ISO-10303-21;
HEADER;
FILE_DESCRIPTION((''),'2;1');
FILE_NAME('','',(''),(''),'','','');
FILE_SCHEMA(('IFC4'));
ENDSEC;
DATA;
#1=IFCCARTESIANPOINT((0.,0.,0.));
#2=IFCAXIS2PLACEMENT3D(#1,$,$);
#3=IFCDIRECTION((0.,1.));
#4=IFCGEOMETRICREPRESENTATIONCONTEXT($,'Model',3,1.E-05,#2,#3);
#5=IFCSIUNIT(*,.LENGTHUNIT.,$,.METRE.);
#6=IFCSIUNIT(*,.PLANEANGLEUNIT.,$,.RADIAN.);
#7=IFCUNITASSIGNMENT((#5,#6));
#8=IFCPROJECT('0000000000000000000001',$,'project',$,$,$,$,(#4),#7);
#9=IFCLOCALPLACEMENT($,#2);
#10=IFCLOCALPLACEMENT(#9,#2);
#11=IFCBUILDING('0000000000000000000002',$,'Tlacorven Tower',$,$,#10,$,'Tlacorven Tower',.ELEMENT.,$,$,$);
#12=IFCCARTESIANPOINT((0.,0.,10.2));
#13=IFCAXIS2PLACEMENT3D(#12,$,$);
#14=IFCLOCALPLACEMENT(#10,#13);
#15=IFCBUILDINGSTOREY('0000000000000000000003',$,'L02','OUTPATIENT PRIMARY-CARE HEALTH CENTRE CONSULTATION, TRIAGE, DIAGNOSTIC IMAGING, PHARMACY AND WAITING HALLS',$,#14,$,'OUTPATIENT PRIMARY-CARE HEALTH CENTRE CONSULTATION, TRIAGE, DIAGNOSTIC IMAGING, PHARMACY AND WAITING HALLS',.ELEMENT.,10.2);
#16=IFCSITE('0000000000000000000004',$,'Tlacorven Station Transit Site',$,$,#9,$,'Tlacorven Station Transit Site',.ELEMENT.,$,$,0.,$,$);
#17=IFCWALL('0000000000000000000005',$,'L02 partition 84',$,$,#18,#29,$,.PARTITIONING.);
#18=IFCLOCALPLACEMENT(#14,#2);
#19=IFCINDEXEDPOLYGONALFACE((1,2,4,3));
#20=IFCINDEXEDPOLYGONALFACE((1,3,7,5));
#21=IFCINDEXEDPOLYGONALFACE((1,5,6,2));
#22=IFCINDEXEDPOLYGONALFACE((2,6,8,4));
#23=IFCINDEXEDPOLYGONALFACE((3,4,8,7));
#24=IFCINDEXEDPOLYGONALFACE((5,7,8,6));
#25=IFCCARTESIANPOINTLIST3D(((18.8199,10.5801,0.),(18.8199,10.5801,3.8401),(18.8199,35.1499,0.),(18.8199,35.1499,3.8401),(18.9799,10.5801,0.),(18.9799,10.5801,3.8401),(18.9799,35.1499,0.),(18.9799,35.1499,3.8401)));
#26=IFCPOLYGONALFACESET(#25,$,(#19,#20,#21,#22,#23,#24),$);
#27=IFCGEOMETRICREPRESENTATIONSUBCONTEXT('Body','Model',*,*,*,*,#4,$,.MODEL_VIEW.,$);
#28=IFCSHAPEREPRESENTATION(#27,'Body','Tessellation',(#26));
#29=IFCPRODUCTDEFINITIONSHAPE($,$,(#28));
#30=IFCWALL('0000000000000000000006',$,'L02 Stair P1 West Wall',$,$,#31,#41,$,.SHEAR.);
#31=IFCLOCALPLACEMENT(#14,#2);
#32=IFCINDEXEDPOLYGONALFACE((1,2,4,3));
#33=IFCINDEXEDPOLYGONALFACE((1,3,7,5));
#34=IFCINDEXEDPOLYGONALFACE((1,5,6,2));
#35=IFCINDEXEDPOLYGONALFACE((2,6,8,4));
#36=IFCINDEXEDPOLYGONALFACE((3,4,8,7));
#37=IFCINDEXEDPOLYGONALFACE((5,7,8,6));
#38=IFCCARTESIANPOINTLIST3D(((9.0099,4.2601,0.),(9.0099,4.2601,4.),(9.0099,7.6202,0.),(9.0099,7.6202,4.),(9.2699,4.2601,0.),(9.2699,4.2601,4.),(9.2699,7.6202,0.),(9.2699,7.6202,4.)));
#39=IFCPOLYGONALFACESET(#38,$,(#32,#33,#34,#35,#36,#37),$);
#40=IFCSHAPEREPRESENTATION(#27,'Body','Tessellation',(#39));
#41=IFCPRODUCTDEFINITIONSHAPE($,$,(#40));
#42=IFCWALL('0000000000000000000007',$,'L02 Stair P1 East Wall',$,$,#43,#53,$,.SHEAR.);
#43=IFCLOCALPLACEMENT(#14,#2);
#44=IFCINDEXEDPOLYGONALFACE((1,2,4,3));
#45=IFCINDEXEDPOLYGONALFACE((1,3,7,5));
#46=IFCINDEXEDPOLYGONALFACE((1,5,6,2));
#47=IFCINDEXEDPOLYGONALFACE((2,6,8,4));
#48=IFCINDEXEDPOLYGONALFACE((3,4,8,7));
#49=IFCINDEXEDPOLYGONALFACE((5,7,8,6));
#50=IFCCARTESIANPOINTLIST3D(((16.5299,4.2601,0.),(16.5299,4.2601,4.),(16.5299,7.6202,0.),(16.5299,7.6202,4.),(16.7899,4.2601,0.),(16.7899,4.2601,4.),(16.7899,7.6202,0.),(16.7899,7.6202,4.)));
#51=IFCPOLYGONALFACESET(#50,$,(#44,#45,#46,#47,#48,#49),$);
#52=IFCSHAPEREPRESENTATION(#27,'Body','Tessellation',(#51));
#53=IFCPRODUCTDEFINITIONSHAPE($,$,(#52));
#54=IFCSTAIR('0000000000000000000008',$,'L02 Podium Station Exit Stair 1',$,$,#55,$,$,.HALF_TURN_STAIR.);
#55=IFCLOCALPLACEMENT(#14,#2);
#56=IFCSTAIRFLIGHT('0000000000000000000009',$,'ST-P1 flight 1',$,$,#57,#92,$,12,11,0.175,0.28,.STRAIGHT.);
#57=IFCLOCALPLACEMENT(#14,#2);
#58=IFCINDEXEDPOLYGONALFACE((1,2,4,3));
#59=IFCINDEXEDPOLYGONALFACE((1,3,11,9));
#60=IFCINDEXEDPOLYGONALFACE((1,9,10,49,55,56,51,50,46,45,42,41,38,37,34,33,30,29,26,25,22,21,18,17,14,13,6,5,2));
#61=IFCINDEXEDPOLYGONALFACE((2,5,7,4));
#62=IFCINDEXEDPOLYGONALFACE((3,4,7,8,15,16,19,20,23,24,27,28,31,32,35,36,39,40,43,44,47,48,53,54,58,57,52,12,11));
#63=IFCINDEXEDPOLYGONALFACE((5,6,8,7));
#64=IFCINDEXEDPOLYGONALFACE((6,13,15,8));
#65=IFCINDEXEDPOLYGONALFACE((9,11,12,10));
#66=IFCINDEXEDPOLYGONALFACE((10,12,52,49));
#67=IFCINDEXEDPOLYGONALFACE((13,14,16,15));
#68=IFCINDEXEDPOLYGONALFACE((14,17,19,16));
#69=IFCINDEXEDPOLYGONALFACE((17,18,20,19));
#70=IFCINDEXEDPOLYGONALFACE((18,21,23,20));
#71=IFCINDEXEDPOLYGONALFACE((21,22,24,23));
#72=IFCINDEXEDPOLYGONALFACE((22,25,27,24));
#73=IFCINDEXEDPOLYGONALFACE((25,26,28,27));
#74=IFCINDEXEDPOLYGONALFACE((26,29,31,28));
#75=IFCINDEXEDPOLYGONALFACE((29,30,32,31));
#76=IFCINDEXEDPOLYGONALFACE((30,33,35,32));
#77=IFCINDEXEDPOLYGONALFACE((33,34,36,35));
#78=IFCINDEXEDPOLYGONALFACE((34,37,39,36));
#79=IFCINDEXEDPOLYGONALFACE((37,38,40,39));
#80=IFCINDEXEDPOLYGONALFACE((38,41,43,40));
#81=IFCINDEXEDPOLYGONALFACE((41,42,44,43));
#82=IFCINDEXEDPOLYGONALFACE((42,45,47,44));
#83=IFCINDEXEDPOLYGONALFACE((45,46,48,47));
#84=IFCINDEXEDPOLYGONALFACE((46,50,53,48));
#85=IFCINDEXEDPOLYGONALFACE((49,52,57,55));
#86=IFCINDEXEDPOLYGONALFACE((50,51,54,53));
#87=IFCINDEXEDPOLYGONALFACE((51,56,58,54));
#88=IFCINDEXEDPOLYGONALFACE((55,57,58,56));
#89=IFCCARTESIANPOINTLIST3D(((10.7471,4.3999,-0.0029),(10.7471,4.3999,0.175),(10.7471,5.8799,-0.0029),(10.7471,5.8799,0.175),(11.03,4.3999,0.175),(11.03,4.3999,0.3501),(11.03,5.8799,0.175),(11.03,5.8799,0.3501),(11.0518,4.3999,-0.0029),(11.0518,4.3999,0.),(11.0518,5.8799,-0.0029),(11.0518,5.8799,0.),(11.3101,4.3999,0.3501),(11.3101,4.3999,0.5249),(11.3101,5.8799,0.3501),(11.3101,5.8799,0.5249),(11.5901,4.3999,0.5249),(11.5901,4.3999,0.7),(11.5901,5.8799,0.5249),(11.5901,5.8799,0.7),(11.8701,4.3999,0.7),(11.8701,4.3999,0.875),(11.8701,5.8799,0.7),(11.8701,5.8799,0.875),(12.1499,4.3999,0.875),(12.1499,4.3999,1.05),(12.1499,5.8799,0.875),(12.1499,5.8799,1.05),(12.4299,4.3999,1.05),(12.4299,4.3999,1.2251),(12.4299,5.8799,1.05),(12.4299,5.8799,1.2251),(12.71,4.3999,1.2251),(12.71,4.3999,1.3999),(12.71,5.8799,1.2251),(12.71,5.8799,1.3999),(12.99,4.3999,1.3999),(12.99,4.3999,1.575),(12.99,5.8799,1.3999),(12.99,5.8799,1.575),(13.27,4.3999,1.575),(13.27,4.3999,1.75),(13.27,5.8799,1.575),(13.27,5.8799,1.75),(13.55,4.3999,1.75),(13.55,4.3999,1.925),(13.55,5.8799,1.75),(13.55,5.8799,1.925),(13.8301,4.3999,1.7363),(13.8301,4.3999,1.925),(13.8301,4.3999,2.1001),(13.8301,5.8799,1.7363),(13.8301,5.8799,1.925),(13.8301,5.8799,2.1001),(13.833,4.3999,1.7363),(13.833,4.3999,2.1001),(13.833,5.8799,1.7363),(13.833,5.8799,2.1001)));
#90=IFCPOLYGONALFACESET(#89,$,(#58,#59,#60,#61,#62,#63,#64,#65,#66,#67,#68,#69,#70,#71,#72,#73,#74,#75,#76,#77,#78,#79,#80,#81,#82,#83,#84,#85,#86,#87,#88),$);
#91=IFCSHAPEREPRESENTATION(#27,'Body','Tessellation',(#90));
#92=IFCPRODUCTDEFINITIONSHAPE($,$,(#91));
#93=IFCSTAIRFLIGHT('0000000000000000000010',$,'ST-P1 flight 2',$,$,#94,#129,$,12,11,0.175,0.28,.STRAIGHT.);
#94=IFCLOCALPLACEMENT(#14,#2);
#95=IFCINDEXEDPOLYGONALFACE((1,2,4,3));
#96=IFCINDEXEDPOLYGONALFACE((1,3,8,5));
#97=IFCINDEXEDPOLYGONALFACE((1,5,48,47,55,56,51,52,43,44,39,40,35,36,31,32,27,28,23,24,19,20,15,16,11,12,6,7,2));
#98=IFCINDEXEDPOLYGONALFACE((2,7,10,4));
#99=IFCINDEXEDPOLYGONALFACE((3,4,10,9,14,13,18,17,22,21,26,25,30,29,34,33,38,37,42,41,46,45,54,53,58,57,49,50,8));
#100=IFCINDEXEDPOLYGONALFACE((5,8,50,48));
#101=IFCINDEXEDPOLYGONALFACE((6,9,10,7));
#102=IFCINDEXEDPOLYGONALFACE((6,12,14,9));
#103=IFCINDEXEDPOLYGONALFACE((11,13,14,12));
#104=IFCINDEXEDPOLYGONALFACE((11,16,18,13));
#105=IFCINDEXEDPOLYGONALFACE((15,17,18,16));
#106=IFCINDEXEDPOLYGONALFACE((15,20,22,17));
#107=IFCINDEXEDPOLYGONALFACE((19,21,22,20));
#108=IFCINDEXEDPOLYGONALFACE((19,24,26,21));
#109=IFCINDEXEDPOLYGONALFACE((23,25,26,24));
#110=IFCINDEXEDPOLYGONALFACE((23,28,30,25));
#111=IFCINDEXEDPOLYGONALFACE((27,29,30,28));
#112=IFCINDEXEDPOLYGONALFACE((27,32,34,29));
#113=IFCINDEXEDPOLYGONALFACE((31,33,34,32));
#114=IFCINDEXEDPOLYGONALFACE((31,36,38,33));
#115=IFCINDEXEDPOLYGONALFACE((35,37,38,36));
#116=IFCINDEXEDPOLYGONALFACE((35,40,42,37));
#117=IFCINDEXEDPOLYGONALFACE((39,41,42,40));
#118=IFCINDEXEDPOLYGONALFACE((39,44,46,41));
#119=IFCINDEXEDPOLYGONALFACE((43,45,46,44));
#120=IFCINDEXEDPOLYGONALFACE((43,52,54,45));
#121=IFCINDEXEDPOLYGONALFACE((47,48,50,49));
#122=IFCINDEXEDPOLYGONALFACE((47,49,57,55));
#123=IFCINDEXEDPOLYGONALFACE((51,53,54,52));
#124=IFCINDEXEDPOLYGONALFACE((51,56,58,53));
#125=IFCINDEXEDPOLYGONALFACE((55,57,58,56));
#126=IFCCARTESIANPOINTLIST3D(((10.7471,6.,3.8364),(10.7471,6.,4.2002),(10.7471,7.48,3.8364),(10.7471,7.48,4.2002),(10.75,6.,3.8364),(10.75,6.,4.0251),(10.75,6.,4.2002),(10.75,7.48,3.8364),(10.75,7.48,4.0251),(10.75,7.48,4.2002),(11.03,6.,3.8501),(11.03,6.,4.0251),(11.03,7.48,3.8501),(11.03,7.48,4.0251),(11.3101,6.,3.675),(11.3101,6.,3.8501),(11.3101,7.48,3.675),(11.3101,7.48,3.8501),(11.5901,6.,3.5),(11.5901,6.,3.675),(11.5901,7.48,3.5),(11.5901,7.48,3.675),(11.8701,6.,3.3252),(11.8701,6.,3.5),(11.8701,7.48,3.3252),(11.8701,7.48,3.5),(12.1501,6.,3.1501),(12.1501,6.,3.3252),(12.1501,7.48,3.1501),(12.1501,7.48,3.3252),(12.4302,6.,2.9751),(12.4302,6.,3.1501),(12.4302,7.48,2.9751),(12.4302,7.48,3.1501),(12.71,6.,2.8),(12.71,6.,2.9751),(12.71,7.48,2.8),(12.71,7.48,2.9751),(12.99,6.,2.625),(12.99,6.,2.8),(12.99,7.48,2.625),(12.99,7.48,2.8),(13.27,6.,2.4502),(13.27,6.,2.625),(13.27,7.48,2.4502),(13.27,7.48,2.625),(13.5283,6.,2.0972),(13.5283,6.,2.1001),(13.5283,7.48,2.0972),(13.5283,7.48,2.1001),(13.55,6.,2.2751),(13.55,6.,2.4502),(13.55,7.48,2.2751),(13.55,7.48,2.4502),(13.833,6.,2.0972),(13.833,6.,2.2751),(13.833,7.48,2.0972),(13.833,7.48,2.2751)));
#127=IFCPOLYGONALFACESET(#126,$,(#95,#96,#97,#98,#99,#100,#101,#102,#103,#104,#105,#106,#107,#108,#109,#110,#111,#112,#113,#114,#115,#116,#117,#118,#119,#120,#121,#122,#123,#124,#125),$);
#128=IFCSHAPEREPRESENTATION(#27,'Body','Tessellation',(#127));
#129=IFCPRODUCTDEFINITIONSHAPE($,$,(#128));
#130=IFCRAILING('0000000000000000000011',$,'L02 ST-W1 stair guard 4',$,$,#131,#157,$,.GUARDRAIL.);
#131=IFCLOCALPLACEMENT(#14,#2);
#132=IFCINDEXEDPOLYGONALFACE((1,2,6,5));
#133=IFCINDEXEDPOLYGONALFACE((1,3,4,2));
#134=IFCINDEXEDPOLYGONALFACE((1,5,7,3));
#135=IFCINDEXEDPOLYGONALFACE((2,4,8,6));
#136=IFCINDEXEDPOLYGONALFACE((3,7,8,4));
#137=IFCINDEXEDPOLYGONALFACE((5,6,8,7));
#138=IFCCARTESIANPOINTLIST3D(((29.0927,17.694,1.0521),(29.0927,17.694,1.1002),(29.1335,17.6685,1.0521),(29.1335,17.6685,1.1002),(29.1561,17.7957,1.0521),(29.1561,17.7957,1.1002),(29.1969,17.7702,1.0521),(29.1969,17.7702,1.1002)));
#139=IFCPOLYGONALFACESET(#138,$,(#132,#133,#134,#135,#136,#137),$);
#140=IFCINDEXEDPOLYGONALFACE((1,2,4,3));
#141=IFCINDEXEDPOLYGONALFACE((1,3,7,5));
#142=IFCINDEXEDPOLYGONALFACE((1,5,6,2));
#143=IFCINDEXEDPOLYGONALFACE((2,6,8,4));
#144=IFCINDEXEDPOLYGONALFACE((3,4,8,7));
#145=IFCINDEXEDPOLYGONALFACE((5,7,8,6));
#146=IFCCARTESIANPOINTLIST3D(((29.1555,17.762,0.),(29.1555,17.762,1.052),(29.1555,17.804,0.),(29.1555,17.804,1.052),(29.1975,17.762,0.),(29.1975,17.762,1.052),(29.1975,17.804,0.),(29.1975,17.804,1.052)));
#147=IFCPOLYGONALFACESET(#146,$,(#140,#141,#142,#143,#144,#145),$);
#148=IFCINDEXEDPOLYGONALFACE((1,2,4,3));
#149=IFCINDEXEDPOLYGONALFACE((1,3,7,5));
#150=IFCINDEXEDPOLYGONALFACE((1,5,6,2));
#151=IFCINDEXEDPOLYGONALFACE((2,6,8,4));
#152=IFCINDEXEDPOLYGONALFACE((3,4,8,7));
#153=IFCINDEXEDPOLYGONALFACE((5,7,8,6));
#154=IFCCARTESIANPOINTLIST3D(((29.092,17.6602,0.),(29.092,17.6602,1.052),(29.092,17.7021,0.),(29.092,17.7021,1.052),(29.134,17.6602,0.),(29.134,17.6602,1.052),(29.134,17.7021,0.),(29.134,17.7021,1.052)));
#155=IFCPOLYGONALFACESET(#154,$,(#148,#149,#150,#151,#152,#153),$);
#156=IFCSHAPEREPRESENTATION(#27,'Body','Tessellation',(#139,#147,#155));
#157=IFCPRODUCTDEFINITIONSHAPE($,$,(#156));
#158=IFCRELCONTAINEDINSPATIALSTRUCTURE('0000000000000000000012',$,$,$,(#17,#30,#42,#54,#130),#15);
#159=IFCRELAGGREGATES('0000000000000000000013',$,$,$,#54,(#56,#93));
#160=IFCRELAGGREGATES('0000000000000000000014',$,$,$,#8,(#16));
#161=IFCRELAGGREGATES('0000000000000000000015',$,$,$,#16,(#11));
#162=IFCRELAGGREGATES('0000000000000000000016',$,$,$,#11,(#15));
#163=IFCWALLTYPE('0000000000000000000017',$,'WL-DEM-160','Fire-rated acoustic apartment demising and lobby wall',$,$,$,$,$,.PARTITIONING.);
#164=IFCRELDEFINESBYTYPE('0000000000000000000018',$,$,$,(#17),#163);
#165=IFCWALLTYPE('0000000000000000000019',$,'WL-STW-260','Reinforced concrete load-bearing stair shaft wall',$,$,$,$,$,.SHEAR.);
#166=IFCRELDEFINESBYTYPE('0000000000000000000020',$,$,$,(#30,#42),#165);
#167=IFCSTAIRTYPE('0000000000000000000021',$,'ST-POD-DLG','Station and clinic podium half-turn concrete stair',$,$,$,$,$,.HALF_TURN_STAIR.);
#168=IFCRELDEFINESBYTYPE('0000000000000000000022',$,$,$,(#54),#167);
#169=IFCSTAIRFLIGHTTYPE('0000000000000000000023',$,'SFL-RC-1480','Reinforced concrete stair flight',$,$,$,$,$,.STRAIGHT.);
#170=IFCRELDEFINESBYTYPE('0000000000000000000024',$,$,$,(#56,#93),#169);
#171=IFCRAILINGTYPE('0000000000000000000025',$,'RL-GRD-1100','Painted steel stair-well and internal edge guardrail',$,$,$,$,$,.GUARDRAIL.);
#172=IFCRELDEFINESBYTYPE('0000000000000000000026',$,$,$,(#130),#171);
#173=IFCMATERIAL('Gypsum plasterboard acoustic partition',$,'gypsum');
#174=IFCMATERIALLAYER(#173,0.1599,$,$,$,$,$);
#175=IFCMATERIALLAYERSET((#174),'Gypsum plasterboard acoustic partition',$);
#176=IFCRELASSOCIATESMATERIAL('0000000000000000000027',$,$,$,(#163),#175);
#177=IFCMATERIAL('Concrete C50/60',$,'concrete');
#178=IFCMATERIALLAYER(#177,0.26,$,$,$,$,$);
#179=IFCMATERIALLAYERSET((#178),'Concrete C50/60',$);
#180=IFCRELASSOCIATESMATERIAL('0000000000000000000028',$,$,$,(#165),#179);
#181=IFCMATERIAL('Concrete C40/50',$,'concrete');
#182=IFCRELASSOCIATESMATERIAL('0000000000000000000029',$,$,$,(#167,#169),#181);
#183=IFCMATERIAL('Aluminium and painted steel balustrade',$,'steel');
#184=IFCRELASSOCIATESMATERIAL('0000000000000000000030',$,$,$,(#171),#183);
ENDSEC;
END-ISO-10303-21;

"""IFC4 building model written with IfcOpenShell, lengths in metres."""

from ifc_helpers import new_model, si_unit, direction, frame, frame_2d, origin, origin_2d, place, context, subcontext, project, spatial, polyline, rectangle, outline, extrude, source, transform, mapped, material, layer, layer_set, type_object, element, aggregate, save


model = new_model("IFC4")

# Units and contexts
model_context = context("Model", 3, precision=1e-05, world=origin(), true_north=direction((0.0, 1.0)))
body_context = subcontext(model_context, "Body", "Model", "MODEL_VIEW")
ifc_project = project(units=[si_unit("LENGTHUNIT", "METRE"), si_unit("PLANEANGLEUNIT", "RADIAN")], contexts=[model_context])

# Site, building, storey
site_placement = place(None, origin())
site = spatial("IfcSite", under=ifc_project, at=site_placement, Name="Tlacorven Station Transit Site", LongName="Tlacorven Station Transit Site", CompositionType="ELEMENT", RefElevation=0.0)
building_placement = place(site_placement, origin())
building = spatial("IfcBuilding", under=site, at=building_placement, Name="Tlacorven Tower", LongName="Tlacorven Tower", CompositionType="ELEMENT")
storey_placement = place(building_placement, frame((0.0, 0.0, 10.2)))
storey = spatial("IfcBuildingStorey", under=building, at=storey_placement, Name="L02", Description="OUTPATIENT PRIMARY-CARE HEALTH CENTRE CONSULTATION, TRIAGE, DIAGNOSTIC IMAGING, PHARMACY AND WAITING HALLS", LongName="OUTPATIENT PRIMARY-CARE HEALTH CENTRE CONSULTATION, TRIAGE, DIAGNOSTIC IMAGING, PHARMACY AND WAITING HALLS", CompositionType="ELEMENT", Elevation=10.2)

# Shared definitions
ifc_material_1 = material(Name="Gypsum plasterboard acoustic partition", Category="gypsum")
ifc_layer_1 = layer(ifc_material_1, 0.1599)
ifc_layer_set_1 = layer_set([ifc_layer_1], Name="Gypsum plasterboard acoustic partition")
wall_type_1 = type_object("IfcWallType", Name="WL-DEM-160", Description="Fire-rated acoustic apartment demising and lobby wall", PredefinedType="PARTITIONING", material=ifc_layer_set_1)

# Walls
wall_1_placement = place(storey_placement, frame((18.8999, 10.5801, 0.0), z_axis=(0.0, 0.0, 1.0), x_axis=(0.0, 1.0, 0.0)))
element("IfcWall", 1, at=wall_1_placement, inside=storey, type_object=wall_type_1, Name="L02 partition 84", PredefinedType="PARTITIONING", context=body_context, shape_type="SweptSolid", body=[
    extrude(rectangle(XDim=24.5698, YDim=0.1599, at=frame_2d((12.2849, 0.0))), origin(), (0.0, 0.0, 1.0), 3.8401),
])
ifc_material_2 = material(Name="Concrete C50/60", Category="concrete")
ifc_layer_2 = layer(ifc_material_2, 0.26)
ifc_layer_set_2 = layer_set([ifc_layer_2], Name="Concrete C50/60")
wall_type_2 = type_object("IfcWallType", Name="WL-STW-260", Description="Reinforced concrete load-bearing stair shaft wall", PredefinedType="SHEAR", material=ifc_layer_set_2)
for number, where, z_axis, x_axis, name in (
    (2, (9.1399, 4.26, 0.0), (0.0, 0.0, 1.0), (0.0, 1.0, 0.0), "L02 Stair P1 West Wall"),
    (3, (16.6599, 4.26, 0.0), (0.0, 0.0, 1.0), (0.0, 1.0, 0.0), "L02 Stair P1 East Wall"),
):
    element("IfcWall", number, at=place(storey_placement, frame(where, z_axis=z_axis, x_axis=x_axis)), inside=storey, type_object=wall_type_2, Name=name, PredefinedType="SHEAR", context=body_context, shape_type="SweptSolid", body=[
        extrude(rectangle(XDim=3.3601, YDim=0.26, at=frame_2d((1.6802, 0.0))), origin(), (0.0, 0.0, 1.0), 4.0),
    ])

# Stair, stair flights
ifc_material_3 = material(Name="Concrete C40/50", Category="concrete")
stair_type = type_object("IfcStairType", Name="ST-POD-DLG", Description="Station and clinic podium half-turn concrete stair", PredefinedType="HALF_TURN_STAIR", material=ifc_material_3)
stair_placement = place(storey_placement, origin())
stair = element("IfcStair", 4, at=stair_placement, inside=storey, type_object=stair_type, Name="L02 Podium Station Exit Stair 1", PredefinedType="HALF_TURN_STAIR")
stair_flight_type = type_object("IfcStairFlightType", Name="SFL-RC-1480", Description="Reinforced concrete stair flight", PredefinedType="STRAIGHT", material=ifc_material_3)
shared_shape_1 = source(origin(), body_context, "Body", "SweptSolid", [
    extrude(outline(polyline([(-0.0029, -0.0029), (-0.0029, 0.175), (0.28, 0.175), (0.28, 0.3501), (0.5601, 0.3501), (0.5601, 0.5249), (0.8401, 0.5249), (0.8401, 0.7), (1.1201, 0.7), (1.1201, 0.875), (1.3999, 0.875), (1.3999, 1.05), (1.6799, 1.05), (1.6799, 1.2251), (1.96, 1.2251), (1.96, 1.3999), (2.24, 1.3999), (2.24, 1.575), (2.52, 1.575), (2.52, 1.75), (2.8, 1.75), (2.8, 1.925), (3.0801, 1.925), (3.0801, 2.1001), (3.083, 2.1001), (3.083, 1.7363), (3.0801, 1.7363), (0.3018, 0.0), (0.3018, -0.0029), (-0.0029, -0.0029)])), frame((0.0, 0.74, 0.0), z_axis=(0.0, -1.0, 0.0), x_axis=(1.0, 0.0, 0.0)), (0.0, 0.0, 1.0), 1.48),
])
stair_flight_1_placement = place(storey_placement, frame((10.75, 5.1399, 0.0), z_axis=(0.0, 0.0, 1.0), x_axis=(1.0, 0.0, 0.0)))
stair_flight_1 = element("IfcStairFlight", 5, at=stair_flight_1_placement, type_object=stair_flight_type, Name="ST-P1 flight 1", NumberOfRisers=12, NumberOfTreads=11, PredefinedType="STRAIGHT", RiserHeight=0.175, TreadLength=0.28, context=body_context, shape_type="MappedRepresentation", body=[
    mapped(shared_shape_1, transform((0.0, 0.0, 0.0), scale=1.0)),
])
stair_flight_2_placement = place(storey_placement, frame((13.8301, 6.74, 2.1001), z_axis=(0.0, 0.0, 1.0), x_axis=(-1.0, 0.0, 0.0)))
stair_flight_2 = element("IfcStairFlight", 6, at=stair_flight_2_placement, type_object=stair_flight_type, Name="ST-P1 flight 2", NumberOfRisers=12, NumberOfTreads=11, PredefinedType="STRAIGHT", RiserHeight=0.175, TreadLength=0.28, context=body_context, shape_type="MappedRepresentation", body=[
    mapped(shared_shape_1, transform((0.0, 0.0, 0.0), scale=1.0)),
])
aggregate(stair, [stair_flight_1, stair_flight_2])

# Railing
ifc_material_4 = material(Name="Aluminium and painted steel balustrade", Category="steel")
railing_type_1 = type_object("IfcRailingType", Name="RL-GRD-1100", Description="Painted steel stair-well and internal edge guardrail", PredefinedType="GUARDRAIL", material=ifc_material_4)
shared_shape_2 = source(origin(), body_context, "Body", "SweptSolid", [
    extrude(rectangle(XDim=0.0481, YDim=0.0481, at=origin_2d()), frame((0.0, 0.0, 1.0762), z_axis=(-0.529084, -0.848569, 0.0), x_axis=(0.848569, -0.529084, 0.0)), (0.0, 0.0, 1.0), 0.1199),
    extrude(rectangle(XDim=0.042, YDim=0.042, at=origin_2d()), origin(), (0.0, 0.0, 1.0), 1.052),
    extrude(rectangle(XDim=0.042, YDim=0.042, at=origin_2d()), frame((-0.0635, -0.1018, 0.0)), (0.0, 0.0, 1.0), 1.052),
])
railing_1_placement = place(storey_placement, frame((29.1765, 17.783, 0.0)))
element("IfcRailing", 7, at=railing_1_placement, inside=storey, type_object=railing_type_1, Name="L02 ST-W1 stair guard 4", PredefinedType="GUARDRAIL", context=body_context, shape_type="MappedRepresentation", body=[
    mapped(shared_shape_2, transform((0.0, 0.0, 0.0), scale=1.0)),
])

save(model, "model.ifc")
